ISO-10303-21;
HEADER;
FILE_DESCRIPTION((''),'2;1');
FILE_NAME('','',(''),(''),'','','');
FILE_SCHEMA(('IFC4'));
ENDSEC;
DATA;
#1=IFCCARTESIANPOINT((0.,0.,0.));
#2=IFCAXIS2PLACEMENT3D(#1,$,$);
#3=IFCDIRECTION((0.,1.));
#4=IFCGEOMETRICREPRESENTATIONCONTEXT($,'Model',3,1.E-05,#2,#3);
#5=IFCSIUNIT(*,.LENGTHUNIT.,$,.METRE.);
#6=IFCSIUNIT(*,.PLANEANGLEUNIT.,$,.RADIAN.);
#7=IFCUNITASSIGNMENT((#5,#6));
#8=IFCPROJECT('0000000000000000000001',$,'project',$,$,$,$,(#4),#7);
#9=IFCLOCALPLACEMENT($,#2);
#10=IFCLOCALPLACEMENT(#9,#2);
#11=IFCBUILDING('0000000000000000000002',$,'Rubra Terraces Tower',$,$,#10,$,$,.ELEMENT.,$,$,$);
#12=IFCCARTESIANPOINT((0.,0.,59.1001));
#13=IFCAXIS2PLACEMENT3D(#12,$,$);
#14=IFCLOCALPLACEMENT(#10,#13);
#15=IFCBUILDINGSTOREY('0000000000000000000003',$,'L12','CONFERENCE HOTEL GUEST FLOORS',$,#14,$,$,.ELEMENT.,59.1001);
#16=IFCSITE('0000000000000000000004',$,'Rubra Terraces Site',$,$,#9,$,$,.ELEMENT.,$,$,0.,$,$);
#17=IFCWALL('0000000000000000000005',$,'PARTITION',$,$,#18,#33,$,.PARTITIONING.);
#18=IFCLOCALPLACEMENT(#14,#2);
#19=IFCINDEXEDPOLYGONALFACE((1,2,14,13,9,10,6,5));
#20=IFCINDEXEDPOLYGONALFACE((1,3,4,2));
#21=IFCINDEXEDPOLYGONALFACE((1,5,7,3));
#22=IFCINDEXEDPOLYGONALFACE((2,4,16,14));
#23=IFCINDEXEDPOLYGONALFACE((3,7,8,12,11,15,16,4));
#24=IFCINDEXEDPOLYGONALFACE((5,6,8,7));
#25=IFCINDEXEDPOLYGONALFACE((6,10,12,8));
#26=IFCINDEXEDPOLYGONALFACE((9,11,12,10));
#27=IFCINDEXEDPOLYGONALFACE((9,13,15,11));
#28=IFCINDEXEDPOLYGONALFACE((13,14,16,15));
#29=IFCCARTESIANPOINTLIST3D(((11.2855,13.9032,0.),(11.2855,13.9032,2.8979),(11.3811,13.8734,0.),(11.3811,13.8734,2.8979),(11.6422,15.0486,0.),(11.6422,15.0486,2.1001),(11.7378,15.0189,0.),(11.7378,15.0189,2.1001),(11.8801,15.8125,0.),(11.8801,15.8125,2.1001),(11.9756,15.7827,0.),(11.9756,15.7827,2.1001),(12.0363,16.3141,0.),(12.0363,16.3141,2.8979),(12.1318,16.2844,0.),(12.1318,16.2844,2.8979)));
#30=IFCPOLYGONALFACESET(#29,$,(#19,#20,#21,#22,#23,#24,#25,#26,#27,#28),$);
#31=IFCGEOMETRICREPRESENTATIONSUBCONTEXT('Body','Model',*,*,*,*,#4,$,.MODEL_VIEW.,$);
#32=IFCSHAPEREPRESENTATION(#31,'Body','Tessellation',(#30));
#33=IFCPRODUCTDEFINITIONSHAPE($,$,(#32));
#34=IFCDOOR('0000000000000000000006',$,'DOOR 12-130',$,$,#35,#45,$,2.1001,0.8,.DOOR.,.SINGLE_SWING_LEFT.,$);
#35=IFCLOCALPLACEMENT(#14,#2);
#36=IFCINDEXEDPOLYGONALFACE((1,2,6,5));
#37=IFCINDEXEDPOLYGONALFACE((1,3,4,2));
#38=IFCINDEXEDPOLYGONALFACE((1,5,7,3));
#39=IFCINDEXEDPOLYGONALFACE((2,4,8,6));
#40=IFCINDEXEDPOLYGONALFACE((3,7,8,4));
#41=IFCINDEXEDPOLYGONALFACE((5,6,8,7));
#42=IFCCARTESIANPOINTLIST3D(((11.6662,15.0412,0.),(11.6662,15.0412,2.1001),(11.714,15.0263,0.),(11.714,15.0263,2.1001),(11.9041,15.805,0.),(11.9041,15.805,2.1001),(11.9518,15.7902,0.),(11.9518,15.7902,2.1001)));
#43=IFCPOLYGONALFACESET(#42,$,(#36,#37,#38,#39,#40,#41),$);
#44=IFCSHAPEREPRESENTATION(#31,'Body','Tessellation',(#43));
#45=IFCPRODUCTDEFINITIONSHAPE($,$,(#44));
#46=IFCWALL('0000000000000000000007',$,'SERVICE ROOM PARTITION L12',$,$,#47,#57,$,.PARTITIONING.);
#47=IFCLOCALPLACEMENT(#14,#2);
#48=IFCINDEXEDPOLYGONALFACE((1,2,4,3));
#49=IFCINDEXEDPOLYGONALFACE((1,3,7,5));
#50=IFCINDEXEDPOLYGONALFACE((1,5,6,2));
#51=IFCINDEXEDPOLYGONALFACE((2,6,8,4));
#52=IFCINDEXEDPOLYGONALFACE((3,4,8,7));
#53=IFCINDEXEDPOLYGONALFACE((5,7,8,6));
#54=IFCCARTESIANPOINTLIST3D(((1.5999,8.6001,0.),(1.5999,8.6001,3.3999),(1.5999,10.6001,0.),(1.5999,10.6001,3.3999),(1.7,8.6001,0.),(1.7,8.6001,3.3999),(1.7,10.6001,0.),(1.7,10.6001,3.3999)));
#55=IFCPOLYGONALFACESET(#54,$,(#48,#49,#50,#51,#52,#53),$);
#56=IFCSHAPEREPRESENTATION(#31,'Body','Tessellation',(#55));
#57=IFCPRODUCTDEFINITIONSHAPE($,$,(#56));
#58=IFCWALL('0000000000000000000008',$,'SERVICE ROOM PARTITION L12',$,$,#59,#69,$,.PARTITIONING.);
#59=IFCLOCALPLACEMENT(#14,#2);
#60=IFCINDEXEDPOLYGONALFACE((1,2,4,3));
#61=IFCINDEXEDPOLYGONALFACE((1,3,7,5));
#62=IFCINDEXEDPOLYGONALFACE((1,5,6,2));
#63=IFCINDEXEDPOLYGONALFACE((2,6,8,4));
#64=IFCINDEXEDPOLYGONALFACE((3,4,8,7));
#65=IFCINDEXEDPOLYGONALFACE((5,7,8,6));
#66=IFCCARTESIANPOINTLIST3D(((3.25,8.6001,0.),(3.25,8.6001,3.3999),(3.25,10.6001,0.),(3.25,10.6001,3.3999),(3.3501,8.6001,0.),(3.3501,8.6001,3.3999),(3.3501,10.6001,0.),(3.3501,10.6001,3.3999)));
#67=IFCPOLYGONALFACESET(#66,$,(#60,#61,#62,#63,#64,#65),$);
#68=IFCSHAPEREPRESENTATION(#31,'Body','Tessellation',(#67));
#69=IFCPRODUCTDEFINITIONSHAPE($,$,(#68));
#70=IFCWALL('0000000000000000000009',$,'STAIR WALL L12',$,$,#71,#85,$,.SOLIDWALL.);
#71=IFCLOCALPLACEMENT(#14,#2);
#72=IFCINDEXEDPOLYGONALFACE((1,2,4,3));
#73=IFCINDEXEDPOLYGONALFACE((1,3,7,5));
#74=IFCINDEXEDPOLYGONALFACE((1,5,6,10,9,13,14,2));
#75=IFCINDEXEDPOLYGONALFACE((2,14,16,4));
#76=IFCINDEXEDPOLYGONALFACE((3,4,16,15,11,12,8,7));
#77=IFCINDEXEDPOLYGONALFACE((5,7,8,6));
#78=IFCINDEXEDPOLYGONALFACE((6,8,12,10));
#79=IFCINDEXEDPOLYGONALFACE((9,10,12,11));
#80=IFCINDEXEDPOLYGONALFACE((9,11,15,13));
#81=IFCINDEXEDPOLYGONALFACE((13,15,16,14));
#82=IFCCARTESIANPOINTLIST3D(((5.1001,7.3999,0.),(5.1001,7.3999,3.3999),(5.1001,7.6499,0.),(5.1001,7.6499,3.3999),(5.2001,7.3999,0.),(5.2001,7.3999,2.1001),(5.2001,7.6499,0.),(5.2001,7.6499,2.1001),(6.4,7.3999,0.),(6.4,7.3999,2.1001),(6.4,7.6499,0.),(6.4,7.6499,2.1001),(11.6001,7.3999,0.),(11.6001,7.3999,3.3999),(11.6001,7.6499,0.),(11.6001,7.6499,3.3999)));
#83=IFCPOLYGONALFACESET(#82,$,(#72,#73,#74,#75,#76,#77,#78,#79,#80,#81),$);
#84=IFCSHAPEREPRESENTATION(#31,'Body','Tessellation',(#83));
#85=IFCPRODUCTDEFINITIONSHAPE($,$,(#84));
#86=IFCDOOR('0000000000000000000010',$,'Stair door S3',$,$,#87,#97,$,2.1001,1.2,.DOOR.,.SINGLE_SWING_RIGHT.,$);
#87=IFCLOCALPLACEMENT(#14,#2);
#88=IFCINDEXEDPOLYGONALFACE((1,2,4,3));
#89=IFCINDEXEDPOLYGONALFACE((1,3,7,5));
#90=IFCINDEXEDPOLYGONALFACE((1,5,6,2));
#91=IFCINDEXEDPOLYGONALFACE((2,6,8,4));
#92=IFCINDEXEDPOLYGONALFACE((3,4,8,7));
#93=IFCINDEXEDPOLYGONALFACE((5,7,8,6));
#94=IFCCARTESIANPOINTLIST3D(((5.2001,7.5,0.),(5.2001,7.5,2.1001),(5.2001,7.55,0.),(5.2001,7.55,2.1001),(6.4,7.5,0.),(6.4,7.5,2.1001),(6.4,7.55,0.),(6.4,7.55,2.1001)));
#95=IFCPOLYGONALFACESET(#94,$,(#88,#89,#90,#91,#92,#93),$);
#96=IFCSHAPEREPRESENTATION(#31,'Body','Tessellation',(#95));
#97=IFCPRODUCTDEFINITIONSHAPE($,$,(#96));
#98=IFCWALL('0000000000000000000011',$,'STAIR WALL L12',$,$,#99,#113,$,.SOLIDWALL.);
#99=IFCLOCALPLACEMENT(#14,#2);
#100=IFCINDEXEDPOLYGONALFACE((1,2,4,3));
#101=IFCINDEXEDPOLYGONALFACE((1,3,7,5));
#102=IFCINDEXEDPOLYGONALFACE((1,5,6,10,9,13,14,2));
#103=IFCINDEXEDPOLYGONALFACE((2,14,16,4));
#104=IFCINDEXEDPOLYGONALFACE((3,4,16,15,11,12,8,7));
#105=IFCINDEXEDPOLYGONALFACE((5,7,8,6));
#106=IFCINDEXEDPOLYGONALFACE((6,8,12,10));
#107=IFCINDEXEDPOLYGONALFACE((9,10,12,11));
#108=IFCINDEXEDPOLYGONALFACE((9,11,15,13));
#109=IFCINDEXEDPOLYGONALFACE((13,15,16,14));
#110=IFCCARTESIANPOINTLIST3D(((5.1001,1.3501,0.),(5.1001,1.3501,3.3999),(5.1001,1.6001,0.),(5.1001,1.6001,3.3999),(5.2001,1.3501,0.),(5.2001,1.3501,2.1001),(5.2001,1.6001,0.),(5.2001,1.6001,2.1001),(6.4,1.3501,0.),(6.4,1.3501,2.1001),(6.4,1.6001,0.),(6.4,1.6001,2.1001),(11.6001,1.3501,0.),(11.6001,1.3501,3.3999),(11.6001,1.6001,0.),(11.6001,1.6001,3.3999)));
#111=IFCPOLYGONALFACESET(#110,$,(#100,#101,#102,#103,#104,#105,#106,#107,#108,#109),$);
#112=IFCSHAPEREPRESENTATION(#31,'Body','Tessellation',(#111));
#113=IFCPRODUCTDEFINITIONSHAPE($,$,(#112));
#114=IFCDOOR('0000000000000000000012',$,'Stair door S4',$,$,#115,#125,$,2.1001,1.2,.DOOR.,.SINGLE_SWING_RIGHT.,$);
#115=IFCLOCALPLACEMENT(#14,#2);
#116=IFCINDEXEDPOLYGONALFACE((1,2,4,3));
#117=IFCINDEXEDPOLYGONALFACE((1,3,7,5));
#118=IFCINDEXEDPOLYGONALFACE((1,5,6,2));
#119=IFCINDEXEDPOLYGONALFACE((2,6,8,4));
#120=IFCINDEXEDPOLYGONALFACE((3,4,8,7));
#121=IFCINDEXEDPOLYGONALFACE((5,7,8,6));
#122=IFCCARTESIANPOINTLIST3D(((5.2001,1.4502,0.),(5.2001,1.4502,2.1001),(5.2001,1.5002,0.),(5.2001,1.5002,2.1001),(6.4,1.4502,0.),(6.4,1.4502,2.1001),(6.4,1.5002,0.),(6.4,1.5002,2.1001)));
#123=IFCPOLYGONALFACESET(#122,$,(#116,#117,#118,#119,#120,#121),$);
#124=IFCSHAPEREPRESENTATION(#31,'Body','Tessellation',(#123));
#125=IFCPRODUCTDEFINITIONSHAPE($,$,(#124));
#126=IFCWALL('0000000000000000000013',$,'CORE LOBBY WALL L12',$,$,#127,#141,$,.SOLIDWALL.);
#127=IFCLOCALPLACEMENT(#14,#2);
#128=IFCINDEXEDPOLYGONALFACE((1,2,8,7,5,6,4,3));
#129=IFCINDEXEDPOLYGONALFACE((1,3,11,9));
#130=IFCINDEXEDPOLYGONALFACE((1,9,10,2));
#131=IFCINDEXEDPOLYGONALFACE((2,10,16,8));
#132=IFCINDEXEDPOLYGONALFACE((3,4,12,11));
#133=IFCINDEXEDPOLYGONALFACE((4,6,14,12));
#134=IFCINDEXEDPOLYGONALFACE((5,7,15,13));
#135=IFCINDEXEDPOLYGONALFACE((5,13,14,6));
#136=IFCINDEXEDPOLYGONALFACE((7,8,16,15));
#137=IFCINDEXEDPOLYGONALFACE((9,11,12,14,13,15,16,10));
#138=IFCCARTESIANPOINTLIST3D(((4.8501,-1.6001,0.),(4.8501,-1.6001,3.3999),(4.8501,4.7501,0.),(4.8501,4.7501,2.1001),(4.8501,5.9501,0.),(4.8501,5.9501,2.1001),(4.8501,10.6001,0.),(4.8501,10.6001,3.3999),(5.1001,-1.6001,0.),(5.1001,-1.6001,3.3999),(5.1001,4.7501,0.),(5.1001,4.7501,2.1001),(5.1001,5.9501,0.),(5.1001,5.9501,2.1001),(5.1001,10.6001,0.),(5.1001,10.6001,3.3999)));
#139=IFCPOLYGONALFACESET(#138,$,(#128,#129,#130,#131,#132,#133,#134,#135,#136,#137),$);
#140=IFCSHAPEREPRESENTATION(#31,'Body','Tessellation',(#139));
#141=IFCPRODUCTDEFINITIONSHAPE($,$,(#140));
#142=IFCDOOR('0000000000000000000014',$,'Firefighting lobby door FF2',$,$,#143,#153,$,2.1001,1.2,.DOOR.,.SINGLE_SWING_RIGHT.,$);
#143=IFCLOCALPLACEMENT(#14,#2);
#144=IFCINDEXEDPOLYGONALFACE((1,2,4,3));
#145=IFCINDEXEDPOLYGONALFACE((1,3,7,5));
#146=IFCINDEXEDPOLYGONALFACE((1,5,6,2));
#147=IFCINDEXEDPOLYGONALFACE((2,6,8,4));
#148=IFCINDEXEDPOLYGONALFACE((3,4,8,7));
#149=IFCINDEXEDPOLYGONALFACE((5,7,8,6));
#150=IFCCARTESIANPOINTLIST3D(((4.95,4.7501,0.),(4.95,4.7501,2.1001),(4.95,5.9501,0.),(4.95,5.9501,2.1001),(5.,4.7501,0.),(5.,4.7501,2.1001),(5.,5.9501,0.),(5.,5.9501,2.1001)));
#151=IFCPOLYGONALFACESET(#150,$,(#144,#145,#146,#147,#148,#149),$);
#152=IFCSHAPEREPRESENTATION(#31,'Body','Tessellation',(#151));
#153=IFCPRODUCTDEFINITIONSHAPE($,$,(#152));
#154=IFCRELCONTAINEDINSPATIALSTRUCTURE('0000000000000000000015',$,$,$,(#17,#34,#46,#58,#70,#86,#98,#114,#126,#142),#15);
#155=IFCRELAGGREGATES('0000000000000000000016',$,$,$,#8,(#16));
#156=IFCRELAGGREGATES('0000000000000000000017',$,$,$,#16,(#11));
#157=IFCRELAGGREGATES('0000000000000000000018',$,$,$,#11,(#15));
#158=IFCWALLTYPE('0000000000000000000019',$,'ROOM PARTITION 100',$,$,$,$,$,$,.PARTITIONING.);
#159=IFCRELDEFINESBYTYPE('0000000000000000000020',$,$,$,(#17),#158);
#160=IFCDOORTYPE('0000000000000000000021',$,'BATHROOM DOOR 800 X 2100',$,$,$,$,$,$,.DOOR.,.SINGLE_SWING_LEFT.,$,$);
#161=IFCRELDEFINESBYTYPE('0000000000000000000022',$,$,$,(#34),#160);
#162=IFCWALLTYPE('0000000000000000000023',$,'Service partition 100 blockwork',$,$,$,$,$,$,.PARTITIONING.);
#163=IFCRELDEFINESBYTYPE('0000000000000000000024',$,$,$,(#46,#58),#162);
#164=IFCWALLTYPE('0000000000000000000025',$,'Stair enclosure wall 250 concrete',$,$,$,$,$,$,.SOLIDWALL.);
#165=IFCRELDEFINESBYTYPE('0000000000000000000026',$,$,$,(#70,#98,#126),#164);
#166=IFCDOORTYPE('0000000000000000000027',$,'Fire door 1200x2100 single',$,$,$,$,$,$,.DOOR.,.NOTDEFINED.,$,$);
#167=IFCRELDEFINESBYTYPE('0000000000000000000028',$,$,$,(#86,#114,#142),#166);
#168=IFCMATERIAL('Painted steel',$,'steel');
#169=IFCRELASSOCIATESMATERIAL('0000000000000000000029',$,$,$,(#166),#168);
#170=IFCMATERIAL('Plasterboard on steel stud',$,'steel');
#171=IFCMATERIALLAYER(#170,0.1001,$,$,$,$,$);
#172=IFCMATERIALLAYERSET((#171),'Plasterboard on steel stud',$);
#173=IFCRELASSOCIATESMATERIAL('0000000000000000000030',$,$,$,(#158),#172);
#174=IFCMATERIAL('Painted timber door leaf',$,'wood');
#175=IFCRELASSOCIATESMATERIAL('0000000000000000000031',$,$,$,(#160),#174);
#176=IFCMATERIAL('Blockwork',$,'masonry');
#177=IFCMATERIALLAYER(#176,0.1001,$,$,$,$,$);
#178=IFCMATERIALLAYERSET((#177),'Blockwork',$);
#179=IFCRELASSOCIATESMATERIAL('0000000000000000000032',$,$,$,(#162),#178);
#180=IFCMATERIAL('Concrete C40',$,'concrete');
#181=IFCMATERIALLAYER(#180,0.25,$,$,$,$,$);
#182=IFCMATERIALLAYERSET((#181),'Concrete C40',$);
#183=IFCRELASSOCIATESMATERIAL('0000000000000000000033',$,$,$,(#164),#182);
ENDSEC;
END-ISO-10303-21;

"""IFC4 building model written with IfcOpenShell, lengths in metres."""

from ifc_helpers import new_model, si_unit, direction, frame, frame_2d, origin, place, context, subcontext, project, spatial, rectangle, extrude, material, layer, layer_set, type_object, element, fill, save


model = new_model("IFC4")

# Units and contexts
model_context = context("Model", 3, precision=1e-05, world=origin(), true_north=direction((0.0, 1.0)))
body_context = subcontext(model_context, "Body", "Model", "MODEL_VIEW")
ifc_project = project(units=[si_unit("LENGTHUNIT", "METRE"), si_unit("PLANEANGLEUNIT", "RADIAN")], contexts=[model_context])

# Site, building, storey
site_placement = place(None, origin())
site = spatial("IfcSite", under=ifc_project, at=site_placement, Name="Rubra Terraces Site", CompositionType="ELEMENT", RefElevation=0.0)
building_placement = place(site_placement, origin())
building = spatial("IfcBuilding", under=site, at=building_placement, Name="Rubra Terraces Tower", CompositionType="ELEMENT")
storey_placement = place(building_placement, frame((0.0, 0.0, 59.1001)))
storey = spatial("IfcBuildingStorey", under=building, at=storey_placement, Name="L12", Description="CONFERENCE HOTEL GUEST FLOORS", CompositionType="ELEMENT", Elevation=59.1001)

# Shared definitions
ifc_material_1 = material(Name="Painted timber door leaf", Category="wood")

# Shared definitions
ifc_material_2 = material(Name="Painted steel", Category="steel")
door_type_1 = type_object("IfcDoorType", Name="Fire door 1200x2100 single", OperationType="NOTDEFINED", PredefinedType="DOOR", material=ifc_material_2)

# Wall, opening, door
ifc_material_3 = material(Name="Plasterboard on steel stud", Category="steel")
ifc_layer_1 = layer(ifc_material_3, 0.1001)
ifc_layer_set_1 = layer_set([ifc_layer_1], Name="Plasterboard on steel stud")
wall_type_1 = type_object("IfcWallType", Name="ROOM PARTITION 100", PredefinedType="PARTITIONING", material=ifc_layer_set_1)
wall_1_placement = place(storey_placement, frame((11.3333, 13.8882, 0.0), z_axis=(0.0, 0.0, 1.0), x_axis=(0.297311, 0.954781, 0.0)))
wall_1 = element("IfcWall", 1, at=wall_1_placement, inside=storey, type_object=wall_type_1, Name="PARTITION", PredefinedType="PARTITIONING", context=body_context, shape_type="SweptSolid", body=[
    extrude(rectangle(XDim=2.5251, YDim=0.1001, at=frame_2d((1.2627, 0.0))), origin(), (0.0, 0.0, 1.0), 2.8979),
])
opening_1_placement = place(wall_1_placement, frame((1.2, 0.0, 0.0)))
opening_1 = element("IfcOpeningElement", 2, at=opening_1_placement, cuts=wall_1, PredefinedType="OPENING", context=body_context, shape_type="SweptSolid", body=[
    extrude(rectangle(XDim=0.8, YDim=2.1001, at=frame_2d((0.3999, 1.05))), frame((0.0, 0.0601, 0.0), z_axis=(0.0, -1.0, 0.0), x_axis=(1.0, 0.0, 0.0)), (0.0, 0.0, 1.0), 0.1201),
])
door_type_2 = type_object("IfcDoorType", Name="BATHROOM DOOR 800 X 2100", OperationType="SINGLE_SWING_LEFT", PredefinedType="DOOR", material=ifc_material_1)
door_1_placement = place(opening_1_placement, origin())
door_1 = element("IfcDoor", 3, at=door_1_placement, inside=storey, type_object=door_type_2, Name="DOOR 12-130", OperationType="SINGLE_SWING_LEFT", OverallHeight=2.1001, OverallWidth=0.8, PredefinedType="DOOR", context=body_context, shape_type="SweptSolid", body=[
    extrude(rectangle(XDim=0.8, YDim=2.1001, at=frame_2d((0.3999, 1.05))), frame((0.0, 0.0249, 0.0), z_axis=(0.0, -1.0, 0.0), x_axis=(1.0, 0.0, 0.0)), (0.0, 0.0, 1.0), 0.05),
])
fill(opening_1, door_1)

# Walls
ifc_material_4 = material(Name="Blockwork", Category="masonry")
ifc_layer_2 = layer(ifc_material_4, 0.1001)
ifc_layer_set_2 = layer_set([ifc_layer_2], Name="Blockwork")
wall_type_2 = type_object("IfcWallType", Name="Service partition 100 blockwork", PredefinedType="PARTITIONING", material=ifc_layer_set_2)
for number, where, z_axis, x_axis, name in (
    (4, (1.6499, 8.6001, 0.0), (0.0, 0.0, 1.0), (0.0, 1.0, 0.0), "SERVICE ROOM PARTITION L12"),
    (5, (3.3, 8.6001, 0.0), (0.0, 0.0, 1.0), (0.0, 1.0, 0.0), "SERVICE ROOM PARTITION L12"),
):
    element("IfcWall", number, at=place(storey_placement, frame(where, z_axis=z_axis, x_axis=x_axis)), inside=storey, type_object=wall_type_2, Name=name, PredefinedType="PARTITIONING", context=body_context, shape_type="SweptSolid", body=[
        extrude(rectangle(XDim=2.0, YDim=0.1001, at=frame_2d((1.0, 0.0))), origin(), (0.0, 0.0, 1.0), 3.3999),
    ])

# Walls, openings, doors
ifc_material_5 = material(Name="Concrete C40", Category="concrete")
ifc_layer_3 = layer(ifc_material_5, 0.25)
ifc_layer_set_3 = layer_set([ifc_layer_3], Name="Concrete C40")
wall_type_3 = type_object("IfcWallType", Name="Stair enclosure wall 250 concrete", PredefinedType="SOLIDWALL", material=ifc_layer_set_3)
wall_2_placement = place(storey_placement, frame((11.6001, 7.5249, 0.0), z_axis=(0.0, 0.0, 1.0), x_axis=(-1.0, 0.0, 0.0)))
wall_2 = element("IfcWall", 6, at=wall_2_placement, inside=storey, type_object=wall_type_3, Name="STAIR WALL L12", PredefinedType="SOLIDWALL", context=body_context, shape_type="SweptSolid", body=[
    extrude(rectangle(XDim=6.5, YDim=0.25, at=frame_2d((3.25, 0.0))), origin(), (0.0, 0.0, 1.0), 3.3999),
])
opening_2_placement = place(wall_2_placement, frame((5.2, 0.0, 0.0)))
opening_2 = element("IfcOpeningElement", 7, at=opening_2_placement, cuts=wall_2, PredefinedType="OPENING", context=body_context, shape_type="SweptSolid", body=[
    extrude(rectangle(XDim=1.2, YDim=2.1001, at=frame_2d((0.6001, 1.05))), frame((0.0, 0.135, 0.0), z_axis=(0.0, -1.0, 0.0), x_axis=(1.0, 0.0, 0.0)), (0.0, 0.0, 1.0), 0.27),
])
door_2_placement = place(opening_2_placement, origin())
door_2 = element("IfcDoor", 8, at=door_2_placement, inside=storey, type_object=door_type_1, Name="Stair door S3", OperationType="SINGLE_SWING_RIGHT", OverallHeight=2.1001, OverallWidth=1.2, PredefinedType="DOOR", context=body_context, shape_type="SweptSolid", body=[
    extrude(rectangle(XDim=1.2, YDim=2.1001, at=frame_2d((0.6001, 1.05))), frame((0.0, 0.0249, 0.0), z_axis=(0.0, -1.0, 0.0), x_axis=(1.0, 0.0, 0.0)), (0.0, 0.0, 1.0), 0.05),
])
fill(opening_2, door_2)
wall_3_placement = place(storey_placement, frame((11.6001, 1.4751, 0.0), z_axis=(0.0, 0.0, 1.0), x_axis=(-1.0, 0.0, 0.0)))
wall_3 = element("IfcWall", 9, at=wall_3_placement, inside=storey, type_object=wall_type_3, Name="STAIR WALL L12", PredefinedType="SOLIDWALL", context=body_context, shape_type="SweptSolid", body=[
    extrude(rectangle(XDim=6.5, YDim=0.25, at=frame_2d((3.25, 0.0))), origin(), (0.0, 0.0, 1.0), 3.3999),
])
opening_3_placement = place(wall_3_placement, frame((5.2, 0.0, 0.0)))
opening_3 = element("IfcOpeningElement", 10, at=opening_3_placement, cuts=wall_3, PredefinedType="OPENING", context=body_context, shape_type="SweptSolid", body=[
    extrude(rectangle(XDim=1.2, YDim=2.1001, at=frame_2d((0.6001, 1.05))), frame((0.0, 0.135, 0.0), z_axis=(0.0, -1.0, 0.0), x_axis=(1.0, 0.0, 0.0)), (0.0, 0.0, 1.0), 0.27),
])
door_3_placement = place(opening_3_placement, origin())
door_3 = element("IfcDoor", 11, at=door_3_placement, inside=storey, type_object=door_type_1, Name="Stair door S4", OperationType="SINGLE_SWING_RIGHT", OverallHeight=2.1001, OverallWidth=1.2, PredefinedType="DOOR", context=body_context, shape_type="SweptSolid", body=[
    extrude(rectangle(XDim=1.2, YDim=2.1001, at=frame_2d((0.6001, 1.05))), frame((0.0, 0.0249, 0.0), z_axis=(0.0, -1.0, 0.0), x_axis=(1.0, 0.0, 0.0)), (0.0, 0.0, 1.0), 0.05),
])
fill(opening_3, door_3)
wall_4_placement = place(storey_placement, frame((4.9751, 10.6001, 0.0), z_axis=(0.0, 0.0, 1.0), x_axis=(0.0, -1.0, 0.0)))
wall_4 = element("IfcWall", 12, at=wall_4_placement, inside=storey, type_object=wall_type_3, Name="CORE LOBBY WALL L12", PredefinedType="SOLIDWALL", context=body_context, shape_type="SweptSolid", body=[
    extrude(rectangle(XDim=12.2002, YDim=0.25, at=frame_2d((6.1001, 0.0))), origin(), (0.0, 0.0, 1.0), 3.3999),
])
opening_4_placement = place(wall_4_placement, frame((4.6499, 0.0, 0.0)))
opening_4 = element("IfcOpeningElement", 13, at=opening_4_placement, cuts=wall_4, PredefinedType="OPENING", context=body_context, shape_type="SweptSolid", body=[
    extrude(rectangle(XDim=1.2, YDim=2.1001, at=frame_2d((0.6001, 1.05))), frame((0.0, 0.135, 0.0), z_axis=(0.0, -1.0, 0.0), x_axis=(1.0, 0.0, 0.0)), (0.0, 0.0, 1.0), 0.27),
])
door_4_placement = place(opening_4_placement, origin())
door_4 = element("IfcDoor", 14, at=door_4_placement, inside=storey, type_object=door_type_1, Name="Firefighting lobby door FF2", OperationType="SINGLE_SWING_RIGHT", OverallHeight=2.1001, OverallWidth=1.2, PredefinedType="DOOR", context=body_context, shape_type="SweptSolid", body=[
    extrude(rectangle(XDim=1.2, YDim=2.1001, at=frame_2d((0.6001, 1.05))), frame((0.0, 0.0249, 0.0), z_axis=(0.0, -1.0, 0.0), x_axis=(1.0, 0.0, 0.0)), (0.0, 0.0, 1.0), 0.05),
])
fill(opening_4, door_4)

save(model, "model.ifc")
